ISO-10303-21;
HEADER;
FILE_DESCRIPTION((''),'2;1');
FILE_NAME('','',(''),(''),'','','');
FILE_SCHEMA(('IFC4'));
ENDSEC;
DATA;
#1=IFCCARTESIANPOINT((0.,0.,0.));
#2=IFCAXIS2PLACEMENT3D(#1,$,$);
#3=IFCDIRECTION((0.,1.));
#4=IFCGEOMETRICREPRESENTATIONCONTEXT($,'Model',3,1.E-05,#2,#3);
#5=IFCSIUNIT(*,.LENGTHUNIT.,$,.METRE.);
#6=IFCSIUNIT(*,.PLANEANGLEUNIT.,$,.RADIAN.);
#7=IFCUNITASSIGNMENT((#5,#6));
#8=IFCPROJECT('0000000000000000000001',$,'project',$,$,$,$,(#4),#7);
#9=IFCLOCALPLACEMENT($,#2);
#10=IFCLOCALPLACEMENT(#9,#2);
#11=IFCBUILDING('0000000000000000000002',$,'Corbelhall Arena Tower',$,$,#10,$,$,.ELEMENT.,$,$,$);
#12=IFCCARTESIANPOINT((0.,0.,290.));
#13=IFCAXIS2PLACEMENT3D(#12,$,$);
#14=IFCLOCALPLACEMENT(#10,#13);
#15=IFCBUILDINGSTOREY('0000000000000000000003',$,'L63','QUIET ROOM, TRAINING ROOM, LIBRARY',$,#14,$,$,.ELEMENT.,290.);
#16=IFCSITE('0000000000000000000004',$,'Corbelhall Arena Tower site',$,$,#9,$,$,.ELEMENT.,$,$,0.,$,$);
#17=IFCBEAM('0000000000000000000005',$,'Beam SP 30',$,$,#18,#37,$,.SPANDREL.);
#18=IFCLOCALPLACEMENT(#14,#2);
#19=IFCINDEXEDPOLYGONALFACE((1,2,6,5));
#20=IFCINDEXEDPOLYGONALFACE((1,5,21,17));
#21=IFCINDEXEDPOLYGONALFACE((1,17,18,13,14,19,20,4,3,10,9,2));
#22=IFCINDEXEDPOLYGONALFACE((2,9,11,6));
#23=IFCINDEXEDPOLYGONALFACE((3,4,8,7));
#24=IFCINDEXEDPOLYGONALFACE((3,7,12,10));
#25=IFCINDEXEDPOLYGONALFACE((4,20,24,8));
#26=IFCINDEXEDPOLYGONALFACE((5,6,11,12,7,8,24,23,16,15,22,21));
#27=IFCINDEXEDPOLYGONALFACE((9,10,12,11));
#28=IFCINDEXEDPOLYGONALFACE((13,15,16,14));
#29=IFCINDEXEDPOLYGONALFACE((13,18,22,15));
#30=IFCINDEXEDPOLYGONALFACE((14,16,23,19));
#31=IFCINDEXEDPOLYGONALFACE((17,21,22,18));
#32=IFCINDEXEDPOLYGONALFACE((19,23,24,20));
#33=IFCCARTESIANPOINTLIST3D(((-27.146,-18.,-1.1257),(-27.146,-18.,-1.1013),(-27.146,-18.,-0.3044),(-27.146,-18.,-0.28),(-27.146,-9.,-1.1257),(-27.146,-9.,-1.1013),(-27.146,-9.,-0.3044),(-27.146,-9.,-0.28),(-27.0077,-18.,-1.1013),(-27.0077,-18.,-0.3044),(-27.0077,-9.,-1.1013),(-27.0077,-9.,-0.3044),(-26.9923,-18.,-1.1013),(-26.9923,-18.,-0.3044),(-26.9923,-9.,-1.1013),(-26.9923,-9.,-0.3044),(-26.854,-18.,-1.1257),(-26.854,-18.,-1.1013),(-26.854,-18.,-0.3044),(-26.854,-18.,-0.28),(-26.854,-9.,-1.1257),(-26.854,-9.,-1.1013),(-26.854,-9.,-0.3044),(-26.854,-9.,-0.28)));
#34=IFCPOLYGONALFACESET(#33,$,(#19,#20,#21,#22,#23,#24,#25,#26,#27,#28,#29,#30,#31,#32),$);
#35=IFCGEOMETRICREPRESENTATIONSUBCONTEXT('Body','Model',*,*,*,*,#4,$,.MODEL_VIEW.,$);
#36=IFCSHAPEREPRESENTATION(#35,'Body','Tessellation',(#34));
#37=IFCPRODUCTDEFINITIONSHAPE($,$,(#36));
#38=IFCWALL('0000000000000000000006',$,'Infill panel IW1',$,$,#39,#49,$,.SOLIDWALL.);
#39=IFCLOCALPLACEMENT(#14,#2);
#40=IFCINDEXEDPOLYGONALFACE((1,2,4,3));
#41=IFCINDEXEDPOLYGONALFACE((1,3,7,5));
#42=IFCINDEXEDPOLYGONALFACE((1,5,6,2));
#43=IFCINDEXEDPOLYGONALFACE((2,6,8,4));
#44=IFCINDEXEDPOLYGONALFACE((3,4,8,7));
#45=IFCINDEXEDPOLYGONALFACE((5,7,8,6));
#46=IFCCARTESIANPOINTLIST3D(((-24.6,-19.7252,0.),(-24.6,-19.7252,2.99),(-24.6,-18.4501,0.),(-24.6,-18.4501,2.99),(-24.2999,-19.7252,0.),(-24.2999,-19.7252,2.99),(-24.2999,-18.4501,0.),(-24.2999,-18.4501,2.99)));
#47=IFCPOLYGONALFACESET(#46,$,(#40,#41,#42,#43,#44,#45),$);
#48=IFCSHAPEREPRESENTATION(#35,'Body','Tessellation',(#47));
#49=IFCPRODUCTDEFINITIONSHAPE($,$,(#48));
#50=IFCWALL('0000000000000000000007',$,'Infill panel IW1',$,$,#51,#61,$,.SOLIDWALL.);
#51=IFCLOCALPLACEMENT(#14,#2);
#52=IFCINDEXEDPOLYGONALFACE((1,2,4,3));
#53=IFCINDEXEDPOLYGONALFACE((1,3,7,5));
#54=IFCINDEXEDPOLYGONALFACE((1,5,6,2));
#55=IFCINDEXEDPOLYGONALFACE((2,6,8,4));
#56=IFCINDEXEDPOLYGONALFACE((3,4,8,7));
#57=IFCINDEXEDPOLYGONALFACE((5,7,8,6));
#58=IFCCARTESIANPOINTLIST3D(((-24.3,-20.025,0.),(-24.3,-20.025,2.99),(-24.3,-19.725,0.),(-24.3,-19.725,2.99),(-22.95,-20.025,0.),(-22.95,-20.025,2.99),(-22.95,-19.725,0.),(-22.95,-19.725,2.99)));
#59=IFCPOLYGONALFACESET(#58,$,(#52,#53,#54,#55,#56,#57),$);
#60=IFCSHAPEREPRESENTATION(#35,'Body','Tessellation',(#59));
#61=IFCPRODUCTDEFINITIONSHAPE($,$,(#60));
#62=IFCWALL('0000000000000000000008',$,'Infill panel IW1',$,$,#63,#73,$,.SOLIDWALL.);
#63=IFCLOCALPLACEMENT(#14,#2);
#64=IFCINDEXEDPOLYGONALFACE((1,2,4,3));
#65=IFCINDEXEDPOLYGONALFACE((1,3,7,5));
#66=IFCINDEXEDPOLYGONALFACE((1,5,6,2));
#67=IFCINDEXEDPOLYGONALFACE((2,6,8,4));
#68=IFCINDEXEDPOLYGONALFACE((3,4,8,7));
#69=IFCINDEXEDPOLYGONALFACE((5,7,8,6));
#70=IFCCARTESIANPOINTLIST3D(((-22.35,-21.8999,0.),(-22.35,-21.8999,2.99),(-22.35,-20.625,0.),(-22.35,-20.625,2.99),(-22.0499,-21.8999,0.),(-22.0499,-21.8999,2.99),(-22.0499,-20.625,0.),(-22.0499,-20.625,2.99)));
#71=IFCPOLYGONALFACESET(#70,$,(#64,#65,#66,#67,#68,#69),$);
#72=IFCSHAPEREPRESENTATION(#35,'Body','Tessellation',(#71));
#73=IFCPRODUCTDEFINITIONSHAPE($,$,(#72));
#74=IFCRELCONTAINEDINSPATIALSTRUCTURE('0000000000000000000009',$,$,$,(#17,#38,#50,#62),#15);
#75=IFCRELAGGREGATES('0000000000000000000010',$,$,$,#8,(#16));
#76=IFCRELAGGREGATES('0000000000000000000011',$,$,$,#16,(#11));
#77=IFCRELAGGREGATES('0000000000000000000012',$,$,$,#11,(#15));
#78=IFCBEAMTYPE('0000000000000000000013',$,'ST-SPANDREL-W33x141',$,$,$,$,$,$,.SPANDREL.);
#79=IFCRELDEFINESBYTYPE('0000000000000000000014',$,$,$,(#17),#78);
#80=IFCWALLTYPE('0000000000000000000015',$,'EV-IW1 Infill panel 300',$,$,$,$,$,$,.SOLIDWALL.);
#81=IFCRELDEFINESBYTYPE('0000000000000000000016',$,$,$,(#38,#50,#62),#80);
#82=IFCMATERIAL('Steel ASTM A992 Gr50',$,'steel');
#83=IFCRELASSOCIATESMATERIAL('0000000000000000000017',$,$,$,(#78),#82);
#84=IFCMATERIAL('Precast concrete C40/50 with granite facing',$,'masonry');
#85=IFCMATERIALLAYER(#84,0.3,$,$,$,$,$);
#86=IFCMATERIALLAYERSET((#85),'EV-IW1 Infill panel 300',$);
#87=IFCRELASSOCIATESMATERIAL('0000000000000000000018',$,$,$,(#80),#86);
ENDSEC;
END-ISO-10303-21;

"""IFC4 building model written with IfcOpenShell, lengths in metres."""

from ifc_helpers import new_model, si_unit, direction, frame, frame_2d, origin, origin_2d, place, context, subcontext, project, spatial, rectangle, i_section, extrude, material, layer, layer_set, material_profile, profile_set, type_object, element, save


model = new_model("IFC4")

# Units and contexts
model_context = context("Model", 3, precision=1e-05, world=origin(), true_north=direction((0.0, 1.0)))
body_context = subcontext(model_context, "Body", "Model", "MODEL_VIEW")
ifc_project = project(units=[si_unit("LENGTHUNIT", "METRE"), si_unit("PLANEANGLEUNIT", "RADIAN")], contexts=[model_context])

# Site, building, storey
site_placement = place(None, origin())
site = spatial("IfcSite", under=ifc_project, at=site_placement, Name="Corbelhall Arena Tower site", CompositionType="ELEMENT", RefElevation=0.0)
building_placement = place(site_placement, origin())
building = spatial("IfcBuilding", under=site, at=building_placement, Name="Corbelhall Arena Tower", CompositionType="ELEMENT")
storey_placement = place(building_placement, frame((0.0, 0.0, 290.0)))
storey = spatial("IfcBuildingStorey", under=building, at=storey_placement, Name="L63", Description="QUIET ROOM, TRAINING ROOM, LIBRARY", CompositionType="ELEMENT", Elevation=290.0)

# Beam
ifc_material_1 = material(Name="Steel ASTM A992 Gr50", Category="steel")
ifc_material_profile_1 = material_profile(ifc_material_1, i_section(OverallWidth=0.292, OverallDepth=0.8457, WebThickness=0.0154, FlangeThickness=0.0244, at=origin_2d()))
ifc_profile_set_1 = profile_set([ifc_material_profile_1], Name="Steel ASTM A992 Gr50")
beam_type_1 = type_object("IfcBeamType", Name="ST-SPANDREL-W33x141", PredefinedType="SPANDREL", material=ifc_profile_set_1)
beam_1_placement = place(storey_placement, frame((-27.0, -18.0, -0.7029), z_axis=(0.0, 1.0, 0.0), x_axis=(-1.0, 0.0, 0.0)))
element("IfcBeam", 1, at=beam_1_placement, inside=storey, type_object=beam_type_1, Name="Beam SP 30", PredefinedType="SPANDREL", context=body_context, shape_type="SweptSolid", body=[
    extrude(i_section(OverallWidth=0.292, OverallDepth=0.8457, WebThickness=0.0154, FlangeThickness=0.0244, at=origin_2d()), origin(), (0.0, 0.0, 1.0), 9.0),
])

# Walls
ifc_material_2 = material(Name="Precast concrete C40/50 with granite facing", Category="masonry")
ifc_layer_1 = layer(ifc_material_2, 0.3)
ifc_layer_set_1 = layer_set([ifc_layer_1], Name="EV-IW1 Infill panel 300")
wall_type_1 = type_object("IfcWallType", Name="EV-IW1 Infill panel 300", PredefinedType="SOLIDWALL", material=ifc_layer_set_1)
wall_1_placement = place(storey_placement, frame((-24.45, -18.45, 0.0), z_axis=(0.0, 0.0, 1.0), x_axis=(0.0, -1.0, 0.0)))
element("IfcWall", 2, at=wall_1_placement, inside=storey, type_object=wall_type_1, Name="Infill panel IW1", PredefinedType="SOLIDWALL", context=body_context, shape_type="SweptSolid", body=[
    extrude(rectangle(XDim=1.2751, YDim=0.3, at=frame_2d((0.6377, 0.0))), origin(), (0.0, 0.0, 1.0), 2.99),
])
wall_2_placement = place(storey_placement, frame((-24.3, -19.875, 0.0), z_axis=(0.0, 0.0, 1.0), x_axis=(1.0, 0.0, 0.0)))
element("IfcWall", 3, at=wall_2_placement, inside=storey, type_object=wall_type_1, Name="Infill panel IW1", PredefinedType="SOLIDWALL", context=body_context, shape_type="SweptSolid", body=[
    extrude(rectangle(XDim=1.3501, YDim=0.3, at=frame_2d((0.675, 0.0))), origin(), (0.0, 0.0, 1.0), 2.99),
])
wall_3_placement = place(storey_placement, frame((-22.2, -20.625, 0.0), z_axis=(0.0, 0.0, 1.0), x_axis=(0.0, -1.0, 0.0)))
element("IfcWall", 4, at=wall_3_placement, inside=storey, type_object=wall_type_1, Name="Infill panel IW1", PredefinedType="SOLIDWALL", context=body_context, shape_type="SweptSolid", body=[
    extrude(rectangle(XDim=1.2749, YDim=0.3, at=frame_2d((0.6375, 0.0))), origin(), (0.0, 0.0, 1.0), 2.99),
])

save(model, "model.ifc")
